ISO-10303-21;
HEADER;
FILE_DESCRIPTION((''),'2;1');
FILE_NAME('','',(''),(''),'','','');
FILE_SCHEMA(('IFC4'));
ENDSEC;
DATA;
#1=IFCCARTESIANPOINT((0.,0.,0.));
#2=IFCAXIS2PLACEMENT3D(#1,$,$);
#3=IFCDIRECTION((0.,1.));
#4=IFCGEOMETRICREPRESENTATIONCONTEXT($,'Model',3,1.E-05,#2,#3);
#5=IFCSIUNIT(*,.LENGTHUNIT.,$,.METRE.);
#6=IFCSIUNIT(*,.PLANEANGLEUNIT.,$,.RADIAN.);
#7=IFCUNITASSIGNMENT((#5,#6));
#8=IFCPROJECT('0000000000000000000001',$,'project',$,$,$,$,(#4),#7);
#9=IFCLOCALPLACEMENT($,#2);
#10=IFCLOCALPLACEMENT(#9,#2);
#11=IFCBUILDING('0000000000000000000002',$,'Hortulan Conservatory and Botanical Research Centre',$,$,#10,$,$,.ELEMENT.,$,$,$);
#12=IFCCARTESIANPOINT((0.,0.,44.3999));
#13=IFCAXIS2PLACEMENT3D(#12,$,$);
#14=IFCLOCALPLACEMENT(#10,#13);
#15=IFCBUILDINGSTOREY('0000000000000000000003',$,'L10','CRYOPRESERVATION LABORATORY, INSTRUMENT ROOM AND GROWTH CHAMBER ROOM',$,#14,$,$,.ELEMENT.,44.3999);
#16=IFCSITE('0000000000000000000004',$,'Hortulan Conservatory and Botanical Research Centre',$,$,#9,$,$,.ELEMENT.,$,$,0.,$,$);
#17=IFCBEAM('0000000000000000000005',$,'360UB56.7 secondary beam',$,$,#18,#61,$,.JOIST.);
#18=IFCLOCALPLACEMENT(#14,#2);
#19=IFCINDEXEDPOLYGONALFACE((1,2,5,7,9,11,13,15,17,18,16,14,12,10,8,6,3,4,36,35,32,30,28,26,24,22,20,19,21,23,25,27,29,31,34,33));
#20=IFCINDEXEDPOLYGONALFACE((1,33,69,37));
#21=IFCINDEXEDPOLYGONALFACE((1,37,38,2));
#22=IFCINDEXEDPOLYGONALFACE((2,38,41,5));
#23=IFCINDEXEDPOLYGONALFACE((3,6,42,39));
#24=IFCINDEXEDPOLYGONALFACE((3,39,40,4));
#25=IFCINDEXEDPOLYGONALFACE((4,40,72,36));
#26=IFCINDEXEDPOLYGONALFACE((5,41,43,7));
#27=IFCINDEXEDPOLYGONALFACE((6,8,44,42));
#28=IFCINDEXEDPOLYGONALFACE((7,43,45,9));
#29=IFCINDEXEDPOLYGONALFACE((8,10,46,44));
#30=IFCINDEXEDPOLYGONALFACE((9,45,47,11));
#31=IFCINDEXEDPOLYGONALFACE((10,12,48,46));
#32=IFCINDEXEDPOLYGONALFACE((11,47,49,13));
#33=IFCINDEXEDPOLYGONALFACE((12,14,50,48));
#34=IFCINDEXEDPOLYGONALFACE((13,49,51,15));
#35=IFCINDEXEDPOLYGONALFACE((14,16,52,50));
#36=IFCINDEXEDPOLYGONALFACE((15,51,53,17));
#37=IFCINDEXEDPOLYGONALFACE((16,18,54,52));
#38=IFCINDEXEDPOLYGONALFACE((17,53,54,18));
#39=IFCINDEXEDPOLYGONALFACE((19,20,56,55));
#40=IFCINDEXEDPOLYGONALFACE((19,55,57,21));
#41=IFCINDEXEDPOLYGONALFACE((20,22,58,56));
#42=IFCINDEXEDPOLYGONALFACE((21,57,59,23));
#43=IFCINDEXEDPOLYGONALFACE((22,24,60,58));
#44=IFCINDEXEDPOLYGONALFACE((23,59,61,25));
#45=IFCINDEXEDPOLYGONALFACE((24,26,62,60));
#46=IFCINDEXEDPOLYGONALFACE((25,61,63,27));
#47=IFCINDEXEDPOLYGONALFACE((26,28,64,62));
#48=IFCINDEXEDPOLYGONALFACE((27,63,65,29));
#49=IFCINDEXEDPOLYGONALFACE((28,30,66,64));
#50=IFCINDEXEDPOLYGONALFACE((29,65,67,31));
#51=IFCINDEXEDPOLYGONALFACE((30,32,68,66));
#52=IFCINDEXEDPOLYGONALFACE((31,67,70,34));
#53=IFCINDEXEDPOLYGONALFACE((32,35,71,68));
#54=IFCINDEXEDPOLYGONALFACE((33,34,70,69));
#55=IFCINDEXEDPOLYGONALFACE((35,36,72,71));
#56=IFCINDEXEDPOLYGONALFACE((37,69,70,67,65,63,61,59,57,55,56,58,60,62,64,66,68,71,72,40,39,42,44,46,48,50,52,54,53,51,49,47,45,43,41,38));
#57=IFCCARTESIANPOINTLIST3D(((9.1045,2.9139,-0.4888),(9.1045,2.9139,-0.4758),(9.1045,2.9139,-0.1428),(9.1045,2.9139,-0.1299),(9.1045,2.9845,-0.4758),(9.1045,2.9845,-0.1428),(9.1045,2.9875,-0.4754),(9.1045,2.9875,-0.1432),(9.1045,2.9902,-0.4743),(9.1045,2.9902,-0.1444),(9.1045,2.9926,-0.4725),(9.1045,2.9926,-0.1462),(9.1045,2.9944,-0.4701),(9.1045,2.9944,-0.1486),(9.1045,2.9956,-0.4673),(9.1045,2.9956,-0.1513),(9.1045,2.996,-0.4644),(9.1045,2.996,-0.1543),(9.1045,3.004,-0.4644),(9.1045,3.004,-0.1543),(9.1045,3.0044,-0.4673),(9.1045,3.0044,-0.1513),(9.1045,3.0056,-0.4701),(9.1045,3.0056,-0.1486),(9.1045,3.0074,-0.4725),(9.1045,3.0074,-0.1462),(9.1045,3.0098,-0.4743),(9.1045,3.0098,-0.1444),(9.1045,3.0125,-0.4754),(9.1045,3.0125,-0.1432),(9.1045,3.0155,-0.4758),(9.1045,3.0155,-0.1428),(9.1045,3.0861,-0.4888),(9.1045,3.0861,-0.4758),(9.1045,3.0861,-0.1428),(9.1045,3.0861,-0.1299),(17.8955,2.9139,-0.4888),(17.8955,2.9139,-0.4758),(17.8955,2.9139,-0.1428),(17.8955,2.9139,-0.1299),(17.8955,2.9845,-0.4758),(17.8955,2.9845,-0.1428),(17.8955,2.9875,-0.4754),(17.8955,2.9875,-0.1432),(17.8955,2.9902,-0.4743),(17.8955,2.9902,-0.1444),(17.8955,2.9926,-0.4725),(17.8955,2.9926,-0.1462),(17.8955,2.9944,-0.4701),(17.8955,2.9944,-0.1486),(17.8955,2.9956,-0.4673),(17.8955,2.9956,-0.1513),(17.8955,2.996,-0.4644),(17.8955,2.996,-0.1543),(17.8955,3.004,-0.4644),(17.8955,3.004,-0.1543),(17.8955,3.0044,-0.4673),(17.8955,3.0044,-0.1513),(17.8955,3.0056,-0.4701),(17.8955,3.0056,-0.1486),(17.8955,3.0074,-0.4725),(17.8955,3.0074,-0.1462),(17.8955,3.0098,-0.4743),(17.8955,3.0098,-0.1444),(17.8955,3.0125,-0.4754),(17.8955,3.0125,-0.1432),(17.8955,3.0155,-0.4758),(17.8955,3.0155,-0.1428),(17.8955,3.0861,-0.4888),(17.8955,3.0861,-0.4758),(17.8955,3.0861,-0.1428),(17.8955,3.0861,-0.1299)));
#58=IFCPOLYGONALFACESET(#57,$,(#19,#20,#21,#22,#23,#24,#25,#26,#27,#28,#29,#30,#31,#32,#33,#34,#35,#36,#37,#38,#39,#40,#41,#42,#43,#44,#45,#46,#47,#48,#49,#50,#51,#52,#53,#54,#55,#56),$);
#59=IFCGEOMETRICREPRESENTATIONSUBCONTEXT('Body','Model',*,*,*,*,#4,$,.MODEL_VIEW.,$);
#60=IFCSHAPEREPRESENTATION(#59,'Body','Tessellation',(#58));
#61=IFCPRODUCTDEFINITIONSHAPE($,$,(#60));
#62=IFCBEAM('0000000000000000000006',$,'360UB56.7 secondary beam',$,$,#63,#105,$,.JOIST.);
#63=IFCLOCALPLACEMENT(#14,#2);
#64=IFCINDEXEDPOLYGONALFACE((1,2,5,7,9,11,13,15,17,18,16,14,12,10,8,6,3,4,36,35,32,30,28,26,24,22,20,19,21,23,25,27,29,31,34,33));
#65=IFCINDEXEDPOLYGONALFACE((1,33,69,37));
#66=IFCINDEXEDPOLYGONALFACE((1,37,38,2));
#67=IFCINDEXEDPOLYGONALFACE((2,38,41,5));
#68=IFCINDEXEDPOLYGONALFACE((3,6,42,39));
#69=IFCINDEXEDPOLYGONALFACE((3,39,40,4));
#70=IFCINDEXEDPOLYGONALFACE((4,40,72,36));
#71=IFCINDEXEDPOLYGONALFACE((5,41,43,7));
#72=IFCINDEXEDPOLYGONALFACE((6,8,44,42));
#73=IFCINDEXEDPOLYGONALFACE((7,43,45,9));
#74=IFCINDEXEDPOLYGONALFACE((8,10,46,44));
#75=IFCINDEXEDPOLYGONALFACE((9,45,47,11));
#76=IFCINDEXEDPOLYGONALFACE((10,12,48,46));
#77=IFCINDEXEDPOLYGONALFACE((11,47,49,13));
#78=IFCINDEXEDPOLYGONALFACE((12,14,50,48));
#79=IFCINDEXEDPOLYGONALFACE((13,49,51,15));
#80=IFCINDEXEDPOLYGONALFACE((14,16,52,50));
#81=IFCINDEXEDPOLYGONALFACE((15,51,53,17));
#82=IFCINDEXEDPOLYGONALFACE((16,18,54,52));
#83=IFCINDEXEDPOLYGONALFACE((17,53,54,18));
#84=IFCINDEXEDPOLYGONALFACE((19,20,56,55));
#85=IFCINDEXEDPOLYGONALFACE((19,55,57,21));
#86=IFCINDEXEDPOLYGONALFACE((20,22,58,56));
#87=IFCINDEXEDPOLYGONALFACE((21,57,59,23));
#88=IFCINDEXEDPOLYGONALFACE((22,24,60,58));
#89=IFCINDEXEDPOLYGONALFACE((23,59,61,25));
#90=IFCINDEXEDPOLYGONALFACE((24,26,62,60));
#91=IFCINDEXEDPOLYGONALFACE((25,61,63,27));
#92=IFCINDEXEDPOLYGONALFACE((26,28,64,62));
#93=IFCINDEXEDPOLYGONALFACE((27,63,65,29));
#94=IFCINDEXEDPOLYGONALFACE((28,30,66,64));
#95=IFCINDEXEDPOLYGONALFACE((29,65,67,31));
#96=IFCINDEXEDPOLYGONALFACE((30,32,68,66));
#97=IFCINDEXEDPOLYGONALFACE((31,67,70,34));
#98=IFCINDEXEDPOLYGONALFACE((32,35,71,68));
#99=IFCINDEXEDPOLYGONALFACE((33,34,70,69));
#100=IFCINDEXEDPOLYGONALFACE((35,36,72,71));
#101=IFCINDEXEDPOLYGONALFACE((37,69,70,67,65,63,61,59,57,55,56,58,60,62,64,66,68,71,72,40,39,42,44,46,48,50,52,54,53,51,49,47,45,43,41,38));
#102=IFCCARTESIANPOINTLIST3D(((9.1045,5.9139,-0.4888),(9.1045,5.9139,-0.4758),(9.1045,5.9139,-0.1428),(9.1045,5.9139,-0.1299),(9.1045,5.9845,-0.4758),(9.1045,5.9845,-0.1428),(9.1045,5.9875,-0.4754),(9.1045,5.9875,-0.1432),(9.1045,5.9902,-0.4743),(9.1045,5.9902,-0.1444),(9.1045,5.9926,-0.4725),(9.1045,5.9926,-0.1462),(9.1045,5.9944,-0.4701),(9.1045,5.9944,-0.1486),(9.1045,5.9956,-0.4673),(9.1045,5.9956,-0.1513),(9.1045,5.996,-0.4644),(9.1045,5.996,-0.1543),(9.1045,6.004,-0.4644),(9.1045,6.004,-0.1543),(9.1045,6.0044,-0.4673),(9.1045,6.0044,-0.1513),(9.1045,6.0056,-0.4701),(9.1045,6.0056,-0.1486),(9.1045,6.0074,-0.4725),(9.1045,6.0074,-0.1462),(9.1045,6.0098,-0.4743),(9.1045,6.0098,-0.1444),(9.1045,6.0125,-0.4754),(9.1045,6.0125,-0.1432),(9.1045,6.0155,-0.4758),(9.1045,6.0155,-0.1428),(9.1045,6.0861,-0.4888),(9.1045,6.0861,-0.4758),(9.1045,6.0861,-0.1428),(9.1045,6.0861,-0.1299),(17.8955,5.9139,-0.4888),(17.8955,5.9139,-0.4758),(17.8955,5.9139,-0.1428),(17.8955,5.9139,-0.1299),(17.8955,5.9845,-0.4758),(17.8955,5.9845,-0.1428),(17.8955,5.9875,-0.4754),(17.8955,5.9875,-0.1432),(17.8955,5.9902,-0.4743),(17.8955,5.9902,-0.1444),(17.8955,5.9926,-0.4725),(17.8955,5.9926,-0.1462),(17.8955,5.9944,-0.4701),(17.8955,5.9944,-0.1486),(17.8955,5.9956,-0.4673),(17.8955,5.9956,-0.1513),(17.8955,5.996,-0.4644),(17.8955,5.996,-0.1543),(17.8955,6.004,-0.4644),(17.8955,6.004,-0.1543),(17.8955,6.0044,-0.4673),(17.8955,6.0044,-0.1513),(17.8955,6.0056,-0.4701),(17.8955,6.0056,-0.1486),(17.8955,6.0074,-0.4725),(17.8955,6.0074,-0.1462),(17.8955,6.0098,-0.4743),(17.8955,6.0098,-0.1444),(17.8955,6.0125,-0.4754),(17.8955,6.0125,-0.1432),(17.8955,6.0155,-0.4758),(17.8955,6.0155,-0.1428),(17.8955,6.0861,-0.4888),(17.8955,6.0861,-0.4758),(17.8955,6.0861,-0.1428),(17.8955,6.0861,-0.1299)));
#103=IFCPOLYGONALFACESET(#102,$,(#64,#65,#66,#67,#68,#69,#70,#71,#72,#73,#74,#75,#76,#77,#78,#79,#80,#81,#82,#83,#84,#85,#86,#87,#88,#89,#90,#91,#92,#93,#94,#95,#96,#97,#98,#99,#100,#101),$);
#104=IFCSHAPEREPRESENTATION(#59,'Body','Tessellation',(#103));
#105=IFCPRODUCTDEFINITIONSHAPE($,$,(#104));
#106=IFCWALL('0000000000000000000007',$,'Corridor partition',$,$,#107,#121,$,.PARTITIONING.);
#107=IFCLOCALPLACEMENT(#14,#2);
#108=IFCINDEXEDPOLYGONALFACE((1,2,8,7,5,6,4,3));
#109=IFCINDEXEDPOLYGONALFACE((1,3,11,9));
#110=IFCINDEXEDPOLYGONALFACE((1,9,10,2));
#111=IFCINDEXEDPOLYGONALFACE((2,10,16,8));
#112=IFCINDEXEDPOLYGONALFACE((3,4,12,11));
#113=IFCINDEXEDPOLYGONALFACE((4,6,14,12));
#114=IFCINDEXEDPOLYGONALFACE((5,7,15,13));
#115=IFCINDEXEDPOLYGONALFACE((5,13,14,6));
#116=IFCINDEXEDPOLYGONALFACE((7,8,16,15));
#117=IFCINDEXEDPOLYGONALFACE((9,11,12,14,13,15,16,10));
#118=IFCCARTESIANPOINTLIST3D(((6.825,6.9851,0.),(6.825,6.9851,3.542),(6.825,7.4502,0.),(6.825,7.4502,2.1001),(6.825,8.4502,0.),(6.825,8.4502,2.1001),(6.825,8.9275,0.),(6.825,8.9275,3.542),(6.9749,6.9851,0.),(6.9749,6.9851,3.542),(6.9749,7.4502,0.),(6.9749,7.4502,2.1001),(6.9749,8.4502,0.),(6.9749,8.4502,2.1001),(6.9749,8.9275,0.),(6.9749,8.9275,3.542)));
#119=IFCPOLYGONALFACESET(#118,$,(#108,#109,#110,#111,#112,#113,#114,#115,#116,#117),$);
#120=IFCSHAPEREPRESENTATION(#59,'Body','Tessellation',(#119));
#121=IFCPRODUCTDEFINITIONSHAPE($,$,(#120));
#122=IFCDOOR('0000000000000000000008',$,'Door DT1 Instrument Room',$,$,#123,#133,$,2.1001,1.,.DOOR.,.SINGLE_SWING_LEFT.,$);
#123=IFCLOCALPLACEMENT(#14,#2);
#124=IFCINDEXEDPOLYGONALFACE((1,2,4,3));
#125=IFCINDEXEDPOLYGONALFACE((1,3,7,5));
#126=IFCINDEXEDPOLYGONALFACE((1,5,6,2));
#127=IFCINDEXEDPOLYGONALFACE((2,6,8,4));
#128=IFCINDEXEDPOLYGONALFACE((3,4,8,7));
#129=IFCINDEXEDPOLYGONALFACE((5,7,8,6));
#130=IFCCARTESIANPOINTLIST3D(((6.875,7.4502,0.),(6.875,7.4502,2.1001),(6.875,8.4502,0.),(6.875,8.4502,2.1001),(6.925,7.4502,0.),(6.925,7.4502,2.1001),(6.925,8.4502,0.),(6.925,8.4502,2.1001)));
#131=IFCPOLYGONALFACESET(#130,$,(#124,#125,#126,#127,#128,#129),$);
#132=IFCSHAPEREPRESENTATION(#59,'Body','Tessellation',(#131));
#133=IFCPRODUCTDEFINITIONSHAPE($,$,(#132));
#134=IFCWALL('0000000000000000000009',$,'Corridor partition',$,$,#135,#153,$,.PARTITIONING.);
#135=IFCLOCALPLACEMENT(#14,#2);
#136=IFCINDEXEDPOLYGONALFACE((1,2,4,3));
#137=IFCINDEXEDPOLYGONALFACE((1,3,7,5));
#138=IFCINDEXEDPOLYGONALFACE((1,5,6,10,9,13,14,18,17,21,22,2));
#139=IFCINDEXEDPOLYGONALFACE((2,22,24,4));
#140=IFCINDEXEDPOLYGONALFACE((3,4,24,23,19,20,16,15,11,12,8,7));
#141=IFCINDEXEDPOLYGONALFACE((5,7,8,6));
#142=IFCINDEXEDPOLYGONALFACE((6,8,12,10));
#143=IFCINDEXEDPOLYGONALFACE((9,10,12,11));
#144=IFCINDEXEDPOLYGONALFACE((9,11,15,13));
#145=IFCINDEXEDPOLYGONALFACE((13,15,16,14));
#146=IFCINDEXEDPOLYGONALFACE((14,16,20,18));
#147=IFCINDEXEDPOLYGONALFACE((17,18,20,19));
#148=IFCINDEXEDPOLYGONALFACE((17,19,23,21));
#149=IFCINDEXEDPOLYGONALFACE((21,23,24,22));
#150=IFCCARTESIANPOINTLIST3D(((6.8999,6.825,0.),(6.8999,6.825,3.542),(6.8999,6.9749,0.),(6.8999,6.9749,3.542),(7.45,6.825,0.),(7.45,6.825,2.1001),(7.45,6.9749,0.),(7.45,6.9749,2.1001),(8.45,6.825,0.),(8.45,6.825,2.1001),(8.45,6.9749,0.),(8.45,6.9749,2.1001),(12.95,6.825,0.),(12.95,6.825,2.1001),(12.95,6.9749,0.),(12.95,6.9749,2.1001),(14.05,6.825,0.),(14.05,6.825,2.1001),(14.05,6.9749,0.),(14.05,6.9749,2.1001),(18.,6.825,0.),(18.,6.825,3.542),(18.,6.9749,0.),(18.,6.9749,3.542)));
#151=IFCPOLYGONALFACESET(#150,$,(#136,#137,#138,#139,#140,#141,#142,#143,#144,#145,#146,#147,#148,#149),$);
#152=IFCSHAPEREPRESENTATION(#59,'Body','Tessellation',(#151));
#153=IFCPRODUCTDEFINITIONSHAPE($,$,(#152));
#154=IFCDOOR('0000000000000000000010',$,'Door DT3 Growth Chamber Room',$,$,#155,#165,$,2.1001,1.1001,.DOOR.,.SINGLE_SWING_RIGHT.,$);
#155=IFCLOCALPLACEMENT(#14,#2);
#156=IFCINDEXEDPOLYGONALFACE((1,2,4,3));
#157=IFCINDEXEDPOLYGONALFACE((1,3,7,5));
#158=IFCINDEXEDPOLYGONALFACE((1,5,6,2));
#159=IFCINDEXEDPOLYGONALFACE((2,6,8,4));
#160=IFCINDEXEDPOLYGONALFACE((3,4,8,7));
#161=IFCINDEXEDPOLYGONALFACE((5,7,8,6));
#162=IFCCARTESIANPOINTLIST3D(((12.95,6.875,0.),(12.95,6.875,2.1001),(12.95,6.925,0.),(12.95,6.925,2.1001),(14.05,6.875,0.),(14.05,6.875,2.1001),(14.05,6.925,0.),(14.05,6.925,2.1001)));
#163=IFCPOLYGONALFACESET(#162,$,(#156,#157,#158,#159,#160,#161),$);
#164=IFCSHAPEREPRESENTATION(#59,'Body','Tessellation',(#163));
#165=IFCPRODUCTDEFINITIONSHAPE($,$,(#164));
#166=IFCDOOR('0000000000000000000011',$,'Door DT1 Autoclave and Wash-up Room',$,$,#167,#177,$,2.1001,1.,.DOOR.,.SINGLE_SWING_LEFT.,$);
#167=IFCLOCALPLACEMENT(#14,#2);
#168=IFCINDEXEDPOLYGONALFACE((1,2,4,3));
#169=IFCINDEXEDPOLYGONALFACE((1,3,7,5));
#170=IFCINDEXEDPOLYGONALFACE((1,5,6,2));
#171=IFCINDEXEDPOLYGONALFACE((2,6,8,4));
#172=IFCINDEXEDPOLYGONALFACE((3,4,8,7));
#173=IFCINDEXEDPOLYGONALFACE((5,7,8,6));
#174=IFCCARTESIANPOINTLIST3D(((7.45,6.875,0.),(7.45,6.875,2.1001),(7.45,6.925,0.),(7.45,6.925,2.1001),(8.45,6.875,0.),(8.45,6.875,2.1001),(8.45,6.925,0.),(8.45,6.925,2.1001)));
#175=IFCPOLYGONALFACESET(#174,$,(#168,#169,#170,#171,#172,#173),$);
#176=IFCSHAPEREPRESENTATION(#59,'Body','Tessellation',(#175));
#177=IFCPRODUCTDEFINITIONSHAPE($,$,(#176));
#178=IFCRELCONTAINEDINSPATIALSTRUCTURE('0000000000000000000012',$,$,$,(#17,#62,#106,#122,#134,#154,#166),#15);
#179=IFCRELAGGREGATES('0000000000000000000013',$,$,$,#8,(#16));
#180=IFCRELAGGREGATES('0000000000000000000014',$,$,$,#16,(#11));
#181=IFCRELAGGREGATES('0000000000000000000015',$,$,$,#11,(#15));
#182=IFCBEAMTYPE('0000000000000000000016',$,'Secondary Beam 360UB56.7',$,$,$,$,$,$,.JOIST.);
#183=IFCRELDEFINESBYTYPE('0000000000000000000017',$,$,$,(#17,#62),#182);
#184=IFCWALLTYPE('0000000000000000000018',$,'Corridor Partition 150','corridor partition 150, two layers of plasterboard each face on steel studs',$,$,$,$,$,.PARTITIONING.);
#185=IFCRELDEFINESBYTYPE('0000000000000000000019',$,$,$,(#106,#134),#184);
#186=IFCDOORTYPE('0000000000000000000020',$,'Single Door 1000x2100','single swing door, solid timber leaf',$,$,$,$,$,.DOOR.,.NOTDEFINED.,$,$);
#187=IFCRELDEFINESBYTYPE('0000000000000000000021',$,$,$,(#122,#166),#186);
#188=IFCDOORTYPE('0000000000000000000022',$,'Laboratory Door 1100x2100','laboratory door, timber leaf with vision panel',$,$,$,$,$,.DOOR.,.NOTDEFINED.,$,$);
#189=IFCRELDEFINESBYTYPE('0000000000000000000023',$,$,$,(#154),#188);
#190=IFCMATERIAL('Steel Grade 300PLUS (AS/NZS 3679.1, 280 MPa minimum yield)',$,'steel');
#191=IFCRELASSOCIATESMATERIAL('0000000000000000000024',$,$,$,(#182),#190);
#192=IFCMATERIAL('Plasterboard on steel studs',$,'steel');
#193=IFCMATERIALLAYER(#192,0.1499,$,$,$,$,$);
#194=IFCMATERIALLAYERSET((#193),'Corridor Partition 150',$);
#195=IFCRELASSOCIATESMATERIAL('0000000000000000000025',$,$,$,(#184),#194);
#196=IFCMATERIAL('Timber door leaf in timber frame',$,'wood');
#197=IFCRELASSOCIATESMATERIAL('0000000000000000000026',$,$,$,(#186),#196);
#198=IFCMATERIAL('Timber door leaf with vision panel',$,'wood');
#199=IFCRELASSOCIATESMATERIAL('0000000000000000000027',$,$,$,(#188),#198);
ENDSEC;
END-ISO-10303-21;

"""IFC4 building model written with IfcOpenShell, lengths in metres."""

from ifc_helpers import new_model, si_unit, direction, frame, frame_2d, origin, origin_2d, place, context, subcontext, project, spatial, rectangle, i_section, extrude, material, layer, layer_set, material_profile, profile_set, type_object, element, fill, save


model = new_model("IFC4")

# Units and contexts
model_context = context("Model", 3, precision=1e-05, world=origin(), true_north=direction((0.0, 1.0)))
body_context = subcontext(model_context, "Body", "Model", "MODEL_VIEW")
ifc_project = project(units=[si_unit("LENGTHUNIT", "METRE"), si_unit("PLANEANGLEUNIT", "RADIAN")], contexts=[model_context])

# Site, building, storey
site_placement = place(None, origin())
site = spatial("IfcSite", under=ifc_project, at=site_placement, Name="Hortulan Conservatory and Botanical Research Centre", CompositionType="ELEMENT", RefElevation=0.0)
building_placement = place(site_placement, origin())
building = spatial("IfcBuilding", under=site, at=building_placement, Name="Hortulan Conservatory and Botanical Research Centre", CompositionType="ELEMENT")
storey_placement = place(building_placement, frame((0.0, 0.0, 44.3999)))
storey = spatial("IfcBuildingStorey", under=building, at=storey_placement, Name="L10", Description="CRYOPRESERVATION LABORATORY, INSTRUMENT ROOM AND GROWTH CHAMBER ROOM", CompositionType="ELEMENT", Elevation=44.3999)

# Shared definitions
ifc_material_1 = material(Name="Steel Grade 300PLUS (AS/NZS 3679.1, 280 MPa minimum yield)", Category="steel")

# Beams
ifc_material_profile_1 = material_profile(ifc_material_1, i_section(OverallWidth=0.1721, OverallDepth=0.3589, WebThickness=0.0081, FlangeThickness=0.0129, FilletRadius=0.0115, at=origin_2d()), Name="360UB56.7")
ifc_profile_set_1 = profile_set([ifc_material_profile_1], Name="Steel Grade 300PLUS (AS/NZS 3679.1, 280 MPa minimum yield)")
beam_type_1 = type_object("IfcBeamType", Name="Secondary Beam 360UB56.7", PredefinedType="JOIST", material=ifc_profile_set_1)
for number, where, z_axis, x_axis, name in (
    (1, (9.1045, 3.0, -0.3093), (1.0, 0.0, 0.0), (0.0, 1.0, 0.0), "360UB56.7 secondary beam"),
    (2, (9.1045, 6.0, -0.3093), (1.0, 0.0, 0.0), (0.0, 1.0, 0.0), "360UB56.7 secondary beam"),
):
    element("IfcBeam", number, at=place(storey_placement, frame(where, z_axis=z_axis, x_axis=x_axis)), inside=storey, type_object=beam_type_1, Name=name, PredefinedType="JOIST", context=body_context, shape_type="SweptSolid", body=[
        extrude(i_section(OverallWidth=0.1721, OverallDepth=0.3589, WebThickness=0.0081, FlangeThickness=0.0129, FilletRadius=0.0115, at=origin_2d()), origin(), (0.0, 0.0, 1.0), 8.791),
    ])

# Wall, opening, door
ifc_material_2 = material(Name="Plasterboard on steel studs", Category="steel")
ifc_layer_1 = layer(ifc_material_2, 0.1499)
ifc_layer_set_1 = layer_set([ifc_layer_1], Name="Corridor Partition 150")
wall_type_1 = type_object("IfcWallType", Name="Corridor Partition 150", Description="corridor partition 150, two layers of plasterboard each face on steel studs", PredefinedType="PARTITIONING", material=ifc_layer_set_1)
wall_1_placement = place(storey_placement, frame((6.8999, 6.9851, 0.0), z_axis=(0.0, 0.0, 1.0), x_axis=(0.0, 1.0, 0.0)))
wall_1 = element("IfcWall", 3, at=wall_1_placement, inside=storey, type_object=wall_type_1, Name="Corridor partition", PredefinedType="PARTITIONING", context=body_context, shape_type="SweptSolid", body=[
    extrude(rectangle(XDim=1.9424, YDim=0.1499, at=frame_2d((0.9712, 0.0))), origin(), (0.0, 0.0, 1.0), 3.542),
])
opening_1_placement = place(wall_1_placement, frame((0.4651, 0.0, 0.0)))
opening_1 = element("IfcOpeningElement", 4, at=opening_1_placement, cuts=wall_1, PredefinedType="OPENING", context=body_context, shape_type="SweptSolid", body=[
    extrude(rectangle(XDim=1.0, YDim=2.1001, at=frame_2d((0.5, 1.05))), frame((0.0, 0.085, 0.0), z_axis=(0.0, -1.0, 0.0), x_axis=(1.0, 0.0, 0.0)), (0.0, 0.0, 1.0), 0.1699),
])
ifc_material_3 = material(Name="Timber door leaf in timber frame", Category="wood")
door_type_1 = type_object("IfcDoorType", Name="Single Door 1000x2100", Description="single swing door, solid timber leaf", OperationType="NOTDEFINED", PredefinedType="DOOR", material=ifc_material_3)
door_1_placement = place(opening_1_placement, origin())
door_1 = element("IfcDoor", 5, at=door_1_placement, inside=storey, type_object=door_type_1, Name="Door DT1 Instrument Room", OperationType="SINGLE_SWING_LEFT", OverallHeight=2.1001, OverallWidth=1.0, PredefinedType="DOOR", context=body_context, shape_type="SweptSolid", body=[
    extrude(rectangle(XDim=1.0, YDim=2.1001, at=frame_2d((0.5, 1.05))), frame((0.0, 0.0249, 0.0), z_axis=(0.0, -1.0, 0.0), x_axis=(1.0, 0.0, 0.0)), (0.0, 0.0, 1.0), 0.05),
])
fill(opening_1, door_1)

# Wall, openings, doors
wall_2_placement = place(storey_placement, frame((6.8999, 6.8999, 0.0), z_axis=(0.0, 0.0, 1.0), x_axis=(1.0, 0.0, 0.0)))
wall_2 = element("IfcWall", 6, at=wall_2_placement, inside=storey, type_object=wall_type_1, Name="Corridor partition", PredefinedType="PARTITIONING", context=body_context, shape_type="SweptSolid", body=[
    extrude(rectangle(XDim=11.1001, YDim=0.1499, at=frame_2d((5.55, 0.0))), origin(), (0.0, 0.0, 1.0), 3.542),
])
opening_2_placement = place(wall_2_placement, frame((0.55, 0.0, 0.0)))
opening_2 = element("IfcOpeningElement", 7, at=opening_2_placement, cuts=wall_2, PredefinedType="OPENING", context=body_context, shape_type="SweptSolid", body=[
    extrude(rectangle(XDim=1.0, YDim=2.1001, at=frame_2d((0.5, 1.05))), frame((0.0, 0.085, 0.0), z_axis=(0.0, -1.0, 0.0), x_axis=(1.0, 0.0, 0.0)), (0.0, 0.0, 1.0), 0.1699),
])
opening_3_placement = place(wall_2_placement, frame((6.05, 0.0, 0.0)))
opening_3 = element("IfcOpeningElement", 8, at=opening_3_placement, cuts=wall_2, PredefinedType="OPENING", context=body_context, shape_type="SweptSolid", body=[
    extrude(rectangle(XDim=1.1001, YDim=2.1001, at=frame_2d((0.55, 1.05))), frame((0.0, 0.085, 0.0), z_axis=(0.0, -1.0, 0.0), x_axis=(1.0, 0.0, 0.0)), (0.0, 0.0, 1.0), 0.1699),
])
ifc_material_4 = material(Name="Timber door leaf with vision panel", Category="wood")
door_type_2 = type_object("IfcDoorType", Name="Laboratory Door 1100x2100", Description="laboratory door, timber leaf with vision panel", OperationType="NOTDEFINED", PredefinedType="DOOR", material=ifc_material_4)
door_2_placement = place(opening_3_placement, frame((1.1001, 0.0, 0.0), z_axis=(0.0, 0.0, 1.0), x_axis=(-1.0, 0.0, 0.0)))
door_2 = element("IfcDoor", 9, at=door_2_placement, inside=storey, type_object=door_type_2, Name="Door DT3 Growth Chamber Room", OperationType="SINGLE_SWING_RIGHT", OverallHeight=2.1001, OverallWidth=1.1001, PredefinedType="DOOR", context=body_context, shape_type="SweptSolid", body=[
    extrude(rectangle(XDim=1.1001, YDim=2.1001, at=frame_2d((0.55, 1.05))), frame((0.0, 0.0249, 0.0), z_axis=(0.0, -1.0, 0.0), x_axis=(1.0, 0.0, 0.0)), (0.0, 0.0, 1.0), 0.05),
])
fill(opening_3, door_2)
door_3_placement = place(opening_2_placement, frame((1.0, 0.0, 0.0), z_axis=(0.0, 0.0, 1.0), x_axis=(-1.0, 0.0, 0.0)))
door_3 = element("IfcDoor", 10, at=door_3_placement, inside=storey, type_object=door_type_1, Name="Door DT1 Autoclave and Wash-up Room", OperationType="SINGLE_SWING_LEFT", OverallHeight=2.1001, OverallWidth=1.0, PredefinedType="DOOR", context=body_context, shape_type="SweptSolid", body=[
    extrude(rectangle(XDim=1.0, YDim=2.1001, at=frame_2d((0.5, 1.05))), frame((0.0, 0.0249, 0.0), z_axis=(0.0, -1.0, 0.0), x_axis=(1.0, 0.0, 0.0)), (0.0, 0.0, 1.0), 0.05),
])
fill(opening_2, door_3)

save(model, "model.ifc")
